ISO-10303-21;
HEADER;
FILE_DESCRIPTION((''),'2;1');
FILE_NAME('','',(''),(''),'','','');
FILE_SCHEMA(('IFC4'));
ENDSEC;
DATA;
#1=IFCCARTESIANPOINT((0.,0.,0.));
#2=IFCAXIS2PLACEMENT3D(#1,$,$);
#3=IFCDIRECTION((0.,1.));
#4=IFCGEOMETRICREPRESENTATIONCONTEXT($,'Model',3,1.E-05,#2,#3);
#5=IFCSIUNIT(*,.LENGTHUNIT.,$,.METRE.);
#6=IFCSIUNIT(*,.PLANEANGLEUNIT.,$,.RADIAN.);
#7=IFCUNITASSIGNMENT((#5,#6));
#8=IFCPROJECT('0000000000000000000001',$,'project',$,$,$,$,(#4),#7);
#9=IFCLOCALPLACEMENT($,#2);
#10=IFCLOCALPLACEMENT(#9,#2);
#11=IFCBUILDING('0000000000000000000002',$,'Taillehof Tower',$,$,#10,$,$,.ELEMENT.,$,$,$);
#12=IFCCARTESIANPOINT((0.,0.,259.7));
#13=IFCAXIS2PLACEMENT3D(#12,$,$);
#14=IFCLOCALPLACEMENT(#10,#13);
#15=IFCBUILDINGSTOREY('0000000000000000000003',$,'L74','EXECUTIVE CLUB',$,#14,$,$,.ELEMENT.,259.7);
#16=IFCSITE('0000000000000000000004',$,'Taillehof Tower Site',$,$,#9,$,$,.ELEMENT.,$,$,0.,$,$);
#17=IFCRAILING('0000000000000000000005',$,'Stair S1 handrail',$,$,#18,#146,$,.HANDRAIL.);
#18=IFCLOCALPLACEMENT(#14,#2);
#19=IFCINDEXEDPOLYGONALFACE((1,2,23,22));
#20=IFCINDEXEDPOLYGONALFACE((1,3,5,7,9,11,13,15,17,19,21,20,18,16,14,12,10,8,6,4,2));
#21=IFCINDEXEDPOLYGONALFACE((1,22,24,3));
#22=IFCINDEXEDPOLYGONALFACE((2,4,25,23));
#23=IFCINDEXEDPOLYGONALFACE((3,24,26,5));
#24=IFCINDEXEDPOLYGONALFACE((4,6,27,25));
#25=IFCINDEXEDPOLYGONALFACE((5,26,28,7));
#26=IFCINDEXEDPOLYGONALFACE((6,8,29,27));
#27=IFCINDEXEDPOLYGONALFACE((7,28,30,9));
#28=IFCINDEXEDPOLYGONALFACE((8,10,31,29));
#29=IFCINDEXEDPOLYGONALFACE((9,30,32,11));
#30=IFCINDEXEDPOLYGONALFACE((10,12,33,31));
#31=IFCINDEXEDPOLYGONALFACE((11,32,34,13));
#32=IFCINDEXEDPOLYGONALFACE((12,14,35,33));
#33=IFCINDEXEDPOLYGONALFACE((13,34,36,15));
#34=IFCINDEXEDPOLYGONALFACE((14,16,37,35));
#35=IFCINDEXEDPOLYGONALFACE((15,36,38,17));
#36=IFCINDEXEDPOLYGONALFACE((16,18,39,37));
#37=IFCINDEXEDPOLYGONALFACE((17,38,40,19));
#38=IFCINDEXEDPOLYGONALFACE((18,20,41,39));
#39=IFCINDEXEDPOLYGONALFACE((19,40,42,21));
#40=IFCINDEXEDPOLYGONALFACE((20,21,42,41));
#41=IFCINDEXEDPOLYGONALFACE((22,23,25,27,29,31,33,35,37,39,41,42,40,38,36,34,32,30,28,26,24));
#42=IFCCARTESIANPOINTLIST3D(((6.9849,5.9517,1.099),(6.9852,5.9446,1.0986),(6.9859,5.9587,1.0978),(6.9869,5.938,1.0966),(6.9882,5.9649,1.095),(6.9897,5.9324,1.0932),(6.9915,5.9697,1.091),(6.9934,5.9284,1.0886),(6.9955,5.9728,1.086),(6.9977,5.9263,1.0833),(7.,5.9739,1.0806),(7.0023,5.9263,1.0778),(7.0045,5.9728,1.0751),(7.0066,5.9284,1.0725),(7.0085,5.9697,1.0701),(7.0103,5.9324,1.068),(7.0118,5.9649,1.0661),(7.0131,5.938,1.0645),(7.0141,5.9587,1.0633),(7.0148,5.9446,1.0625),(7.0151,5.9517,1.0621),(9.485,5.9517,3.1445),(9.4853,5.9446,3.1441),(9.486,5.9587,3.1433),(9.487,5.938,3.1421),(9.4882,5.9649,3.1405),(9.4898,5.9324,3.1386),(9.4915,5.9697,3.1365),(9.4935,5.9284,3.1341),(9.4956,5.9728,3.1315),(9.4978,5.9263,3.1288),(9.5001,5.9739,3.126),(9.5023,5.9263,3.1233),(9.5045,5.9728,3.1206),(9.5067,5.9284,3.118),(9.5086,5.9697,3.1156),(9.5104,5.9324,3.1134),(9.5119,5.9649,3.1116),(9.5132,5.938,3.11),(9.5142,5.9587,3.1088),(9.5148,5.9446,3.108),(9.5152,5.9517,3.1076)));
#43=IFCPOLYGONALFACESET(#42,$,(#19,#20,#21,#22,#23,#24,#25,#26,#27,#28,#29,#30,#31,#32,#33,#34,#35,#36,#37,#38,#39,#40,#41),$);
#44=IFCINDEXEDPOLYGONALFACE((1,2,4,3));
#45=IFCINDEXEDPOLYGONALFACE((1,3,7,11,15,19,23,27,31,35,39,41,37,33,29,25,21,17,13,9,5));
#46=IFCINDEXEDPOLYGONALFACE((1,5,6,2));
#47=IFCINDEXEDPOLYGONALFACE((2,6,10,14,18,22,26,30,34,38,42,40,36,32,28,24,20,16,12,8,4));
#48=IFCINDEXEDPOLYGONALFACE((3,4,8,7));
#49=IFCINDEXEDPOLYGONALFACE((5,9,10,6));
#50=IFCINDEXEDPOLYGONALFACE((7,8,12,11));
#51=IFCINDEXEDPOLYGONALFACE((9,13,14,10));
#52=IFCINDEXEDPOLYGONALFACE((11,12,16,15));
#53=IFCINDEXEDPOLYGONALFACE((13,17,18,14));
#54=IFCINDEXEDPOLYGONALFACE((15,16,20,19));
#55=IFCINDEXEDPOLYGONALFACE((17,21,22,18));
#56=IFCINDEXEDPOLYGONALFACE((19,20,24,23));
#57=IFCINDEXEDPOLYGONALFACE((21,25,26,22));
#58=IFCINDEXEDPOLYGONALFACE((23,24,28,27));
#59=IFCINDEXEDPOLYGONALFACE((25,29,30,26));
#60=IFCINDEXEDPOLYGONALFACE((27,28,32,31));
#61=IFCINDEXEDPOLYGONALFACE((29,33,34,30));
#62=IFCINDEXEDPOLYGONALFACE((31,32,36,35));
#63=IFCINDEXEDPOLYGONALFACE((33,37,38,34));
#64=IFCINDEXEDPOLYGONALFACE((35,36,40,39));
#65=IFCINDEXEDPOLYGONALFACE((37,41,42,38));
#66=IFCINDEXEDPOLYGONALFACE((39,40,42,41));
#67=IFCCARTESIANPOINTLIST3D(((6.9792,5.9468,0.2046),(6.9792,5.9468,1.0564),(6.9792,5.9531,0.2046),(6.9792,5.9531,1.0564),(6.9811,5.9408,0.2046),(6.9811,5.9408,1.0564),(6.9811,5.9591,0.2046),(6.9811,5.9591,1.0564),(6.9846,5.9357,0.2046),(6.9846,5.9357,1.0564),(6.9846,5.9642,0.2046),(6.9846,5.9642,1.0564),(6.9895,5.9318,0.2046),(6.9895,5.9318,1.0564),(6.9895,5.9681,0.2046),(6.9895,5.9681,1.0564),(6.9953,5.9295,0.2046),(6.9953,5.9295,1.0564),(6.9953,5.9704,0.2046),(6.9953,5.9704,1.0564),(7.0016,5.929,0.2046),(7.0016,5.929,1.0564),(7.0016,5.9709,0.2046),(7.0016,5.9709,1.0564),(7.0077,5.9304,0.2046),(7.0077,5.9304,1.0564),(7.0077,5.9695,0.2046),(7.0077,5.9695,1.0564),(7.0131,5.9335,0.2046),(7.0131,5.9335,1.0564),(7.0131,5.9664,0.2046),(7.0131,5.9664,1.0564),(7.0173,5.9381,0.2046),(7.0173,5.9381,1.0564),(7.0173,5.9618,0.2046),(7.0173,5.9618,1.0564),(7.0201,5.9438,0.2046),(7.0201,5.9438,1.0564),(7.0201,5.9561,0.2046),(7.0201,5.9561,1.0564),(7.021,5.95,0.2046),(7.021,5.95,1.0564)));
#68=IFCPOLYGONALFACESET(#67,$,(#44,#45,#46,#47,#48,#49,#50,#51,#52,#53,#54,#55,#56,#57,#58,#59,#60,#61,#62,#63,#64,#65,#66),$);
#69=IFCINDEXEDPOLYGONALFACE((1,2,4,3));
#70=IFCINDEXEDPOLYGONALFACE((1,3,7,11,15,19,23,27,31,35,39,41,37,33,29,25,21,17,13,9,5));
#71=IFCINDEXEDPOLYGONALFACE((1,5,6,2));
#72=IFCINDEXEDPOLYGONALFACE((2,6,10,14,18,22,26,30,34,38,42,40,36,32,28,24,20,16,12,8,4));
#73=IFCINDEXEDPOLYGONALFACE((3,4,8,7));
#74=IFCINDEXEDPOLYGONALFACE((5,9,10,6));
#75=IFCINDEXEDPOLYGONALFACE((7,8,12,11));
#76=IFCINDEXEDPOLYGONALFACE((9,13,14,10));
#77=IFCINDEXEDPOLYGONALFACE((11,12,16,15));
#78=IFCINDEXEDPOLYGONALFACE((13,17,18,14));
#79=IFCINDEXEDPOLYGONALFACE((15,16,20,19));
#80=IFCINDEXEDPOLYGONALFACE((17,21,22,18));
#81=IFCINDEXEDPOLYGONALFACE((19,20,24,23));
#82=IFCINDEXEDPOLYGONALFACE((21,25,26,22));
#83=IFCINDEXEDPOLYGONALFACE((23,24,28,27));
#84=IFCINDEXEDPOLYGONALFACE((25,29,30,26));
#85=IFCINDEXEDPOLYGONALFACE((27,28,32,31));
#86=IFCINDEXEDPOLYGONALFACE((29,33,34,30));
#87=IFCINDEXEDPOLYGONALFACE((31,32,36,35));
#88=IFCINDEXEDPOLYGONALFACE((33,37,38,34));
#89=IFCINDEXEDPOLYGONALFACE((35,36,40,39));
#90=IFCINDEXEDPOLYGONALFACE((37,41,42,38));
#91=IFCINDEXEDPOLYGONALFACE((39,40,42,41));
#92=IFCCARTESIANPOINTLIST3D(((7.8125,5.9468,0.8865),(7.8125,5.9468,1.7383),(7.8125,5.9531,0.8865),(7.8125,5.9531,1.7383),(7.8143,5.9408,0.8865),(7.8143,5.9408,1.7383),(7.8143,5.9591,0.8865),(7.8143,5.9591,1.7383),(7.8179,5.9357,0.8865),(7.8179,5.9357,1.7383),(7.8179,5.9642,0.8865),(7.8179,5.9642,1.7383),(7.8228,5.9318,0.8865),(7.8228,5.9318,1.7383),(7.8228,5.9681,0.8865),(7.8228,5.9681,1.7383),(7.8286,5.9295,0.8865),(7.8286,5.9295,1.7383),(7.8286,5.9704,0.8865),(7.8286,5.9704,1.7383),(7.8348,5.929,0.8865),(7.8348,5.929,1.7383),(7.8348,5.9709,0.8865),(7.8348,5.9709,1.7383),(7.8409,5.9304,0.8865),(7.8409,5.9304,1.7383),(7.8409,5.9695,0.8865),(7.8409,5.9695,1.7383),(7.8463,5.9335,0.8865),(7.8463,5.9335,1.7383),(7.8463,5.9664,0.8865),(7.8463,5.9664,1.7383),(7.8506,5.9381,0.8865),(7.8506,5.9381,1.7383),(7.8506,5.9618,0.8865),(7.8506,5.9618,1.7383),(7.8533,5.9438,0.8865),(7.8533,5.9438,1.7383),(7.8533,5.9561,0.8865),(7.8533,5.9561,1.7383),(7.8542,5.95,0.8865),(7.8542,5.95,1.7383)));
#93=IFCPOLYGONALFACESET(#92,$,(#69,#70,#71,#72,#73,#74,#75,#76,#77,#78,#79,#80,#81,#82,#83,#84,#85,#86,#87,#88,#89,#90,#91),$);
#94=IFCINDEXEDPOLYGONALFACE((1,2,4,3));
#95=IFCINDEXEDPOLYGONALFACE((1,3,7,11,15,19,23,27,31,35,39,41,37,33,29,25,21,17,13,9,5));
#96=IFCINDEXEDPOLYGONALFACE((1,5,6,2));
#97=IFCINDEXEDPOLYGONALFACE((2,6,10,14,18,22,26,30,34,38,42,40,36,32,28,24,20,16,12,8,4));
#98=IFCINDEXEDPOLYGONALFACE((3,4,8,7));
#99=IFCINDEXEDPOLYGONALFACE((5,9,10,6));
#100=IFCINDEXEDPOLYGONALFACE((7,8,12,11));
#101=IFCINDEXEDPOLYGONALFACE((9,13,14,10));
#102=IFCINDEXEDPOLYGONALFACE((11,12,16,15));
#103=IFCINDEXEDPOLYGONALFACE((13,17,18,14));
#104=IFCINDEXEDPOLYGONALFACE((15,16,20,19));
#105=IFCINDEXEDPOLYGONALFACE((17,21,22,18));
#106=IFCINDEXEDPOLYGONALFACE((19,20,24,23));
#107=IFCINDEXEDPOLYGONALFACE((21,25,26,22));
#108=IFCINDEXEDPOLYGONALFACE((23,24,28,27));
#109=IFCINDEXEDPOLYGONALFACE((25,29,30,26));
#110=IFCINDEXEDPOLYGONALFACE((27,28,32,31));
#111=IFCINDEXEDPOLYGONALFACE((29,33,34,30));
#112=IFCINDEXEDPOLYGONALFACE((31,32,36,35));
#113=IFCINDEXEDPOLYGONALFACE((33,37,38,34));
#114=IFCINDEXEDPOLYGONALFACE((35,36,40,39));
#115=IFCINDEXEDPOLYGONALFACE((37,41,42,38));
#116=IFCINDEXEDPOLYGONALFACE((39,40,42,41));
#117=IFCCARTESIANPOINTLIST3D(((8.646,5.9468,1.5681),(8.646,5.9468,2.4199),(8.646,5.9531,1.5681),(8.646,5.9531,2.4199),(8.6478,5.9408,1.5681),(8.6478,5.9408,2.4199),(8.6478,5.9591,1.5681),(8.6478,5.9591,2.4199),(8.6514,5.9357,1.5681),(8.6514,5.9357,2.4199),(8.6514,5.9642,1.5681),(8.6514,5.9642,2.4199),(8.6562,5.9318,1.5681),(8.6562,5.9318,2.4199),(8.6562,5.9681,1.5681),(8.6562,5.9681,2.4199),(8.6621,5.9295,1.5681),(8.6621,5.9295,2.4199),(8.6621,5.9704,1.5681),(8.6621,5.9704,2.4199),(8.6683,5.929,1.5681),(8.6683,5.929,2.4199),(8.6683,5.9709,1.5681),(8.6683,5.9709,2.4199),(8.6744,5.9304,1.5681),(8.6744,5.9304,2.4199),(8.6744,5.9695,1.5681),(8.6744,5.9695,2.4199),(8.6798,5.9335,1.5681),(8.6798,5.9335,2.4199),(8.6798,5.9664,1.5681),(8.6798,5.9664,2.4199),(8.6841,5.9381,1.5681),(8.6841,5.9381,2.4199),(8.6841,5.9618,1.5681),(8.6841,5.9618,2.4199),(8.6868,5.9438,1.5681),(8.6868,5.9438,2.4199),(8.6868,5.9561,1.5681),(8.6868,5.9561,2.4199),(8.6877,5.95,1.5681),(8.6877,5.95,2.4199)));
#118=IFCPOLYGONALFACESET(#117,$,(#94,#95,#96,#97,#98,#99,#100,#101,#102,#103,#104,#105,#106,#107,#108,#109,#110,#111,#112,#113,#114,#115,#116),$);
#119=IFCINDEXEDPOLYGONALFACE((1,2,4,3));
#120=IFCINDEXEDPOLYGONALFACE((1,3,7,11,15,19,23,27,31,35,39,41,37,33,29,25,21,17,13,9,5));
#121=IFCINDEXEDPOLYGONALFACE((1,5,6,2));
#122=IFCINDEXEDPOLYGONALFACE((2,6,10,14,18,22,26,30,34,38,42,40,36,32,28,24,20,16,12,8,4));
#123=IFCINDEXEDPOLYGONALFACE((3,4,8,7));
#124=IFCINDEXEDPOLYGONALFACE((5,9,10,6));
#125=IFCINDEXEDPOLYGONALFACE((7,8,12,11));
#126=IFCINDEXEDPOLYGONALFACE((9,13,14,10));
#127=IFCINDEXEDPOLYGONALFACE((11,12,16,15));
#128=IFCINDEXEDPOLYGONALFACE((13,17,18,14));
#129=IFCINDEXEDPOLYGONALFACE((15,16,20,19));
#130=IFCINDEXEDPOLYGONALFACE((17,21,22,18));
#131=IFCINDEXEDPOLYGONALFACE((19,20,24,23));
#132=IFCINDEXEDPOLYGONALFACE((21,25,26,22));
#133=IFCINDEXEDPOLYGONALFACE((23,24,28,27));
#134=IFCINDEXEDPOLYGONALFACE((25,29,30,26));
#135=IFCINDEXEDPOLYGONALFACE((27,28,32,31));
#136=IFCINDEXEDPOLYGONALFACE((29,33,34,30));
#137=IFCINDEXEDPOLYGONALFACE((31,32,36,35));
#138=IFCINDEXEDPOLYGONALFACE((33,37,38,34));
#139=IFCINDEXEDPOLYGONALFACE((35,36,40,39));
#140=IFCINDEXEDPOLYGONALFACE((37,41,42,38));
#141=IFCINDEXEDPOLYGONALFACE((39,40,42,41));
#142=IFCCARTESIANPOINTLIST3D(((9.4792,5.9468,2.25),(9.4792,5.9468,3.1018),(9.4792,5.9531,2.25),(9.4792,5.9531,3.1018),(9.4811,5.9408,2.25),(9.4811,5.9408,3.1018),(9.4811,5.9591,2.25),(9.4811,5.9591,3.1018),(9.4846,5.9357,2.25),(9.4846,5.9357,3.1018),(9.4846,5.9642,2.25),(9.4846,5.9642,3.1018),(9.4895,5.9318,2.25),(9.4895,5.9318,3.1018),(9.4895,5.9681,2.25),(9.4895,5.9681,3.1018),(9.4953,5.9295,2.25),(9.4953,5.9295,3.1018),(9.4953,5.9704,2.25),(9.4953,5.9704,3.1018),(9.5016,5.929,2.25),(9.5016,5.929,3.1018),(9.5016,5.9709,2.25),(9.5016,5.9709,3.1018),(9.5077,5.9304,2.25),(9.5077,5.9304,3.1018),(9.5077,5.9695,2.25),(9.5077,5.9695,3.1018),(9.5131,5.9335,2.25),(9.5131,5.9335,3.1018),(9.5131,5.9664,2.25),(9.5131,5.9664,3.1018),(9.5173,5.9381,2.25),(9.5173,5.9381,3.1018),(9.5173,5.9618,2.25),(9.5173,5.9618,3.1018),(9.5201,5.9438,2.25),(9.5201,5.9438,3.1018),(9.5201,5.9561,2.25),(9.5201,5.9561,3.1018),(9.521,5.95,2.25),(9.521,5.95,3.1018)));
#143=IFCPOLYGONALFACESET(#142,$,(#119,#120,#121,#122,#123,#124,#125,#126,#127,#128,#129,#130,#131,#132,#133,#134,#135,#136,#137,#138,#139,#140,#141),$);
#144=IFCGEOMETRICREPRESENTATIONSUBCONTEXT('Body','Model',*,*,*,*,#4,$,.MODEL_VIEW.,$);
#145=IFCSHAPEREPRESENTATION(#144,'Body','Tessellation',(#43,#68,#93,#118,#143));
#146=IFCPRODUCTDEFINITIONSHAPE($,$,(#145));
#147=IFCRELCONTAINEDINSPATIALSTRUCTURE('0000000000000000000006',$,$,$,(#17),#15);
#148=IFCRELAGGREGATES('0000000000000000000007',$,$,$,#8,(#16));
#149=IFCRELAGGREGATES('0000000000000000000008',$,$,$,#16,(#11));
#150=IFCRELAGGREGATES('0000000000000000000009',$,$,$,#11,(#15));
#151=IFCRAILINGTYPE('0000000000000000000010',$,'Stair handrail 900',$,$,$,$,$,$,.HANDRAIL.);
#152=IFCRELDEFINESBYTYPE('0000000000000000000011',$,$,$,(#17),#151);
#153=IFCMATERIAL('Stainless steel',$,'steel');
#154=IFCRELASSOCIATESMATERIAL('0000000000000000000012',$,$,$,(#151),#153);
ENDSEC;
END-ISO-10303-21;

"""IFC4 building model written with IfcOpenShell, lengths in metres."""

from ifc_helpers import new_model, si_unit, direction, frame, origin, origin_2d, place, context, subcontext, project, spatial, circle, extrude, material, type_object, element, save


model = new_model("IFC4")

# Units and contexts
model_context = context("Model", 3, precision=1e-05, world=origin(), true_north=direction((0.0, 1.0)))
body_context = subcontext(model_context, "Body", "Model", "MODEL_VIEW")
ifc_project = project(units=[si_unit("LENGTHUNIT", "METRE"), si_unit("PLANEANGLEUNIT", "RADIAN")], contexts=[model_context])

# Site, building, storey
site_placement = place(None, origin())
site = spatial("IfcSite", under=ifc_project, at=site_placement, Name="Taillehof Tower Site", CompositionType="ELEMENT", RefElevation=0.0)
building_placement = place(site_placement, origin())
building = spatial("IfcBuilding", under=site, at=building_placement, Name="Taillehof Tower", CompositionType="ELEMENT")
storey_placement = place(building_placement, frame((0.0, 0.0, 259.7)))
storey = spatial("IfcBuildingStorey", under=building, at=storey_placement, Name="L74", Description="EXECUTIVE CLUB", CompositionType="ELEMENT", Elevation=259.7)

# Railing
ifc_material_1 = material(Name="Stainless steel", Category="steel")
railing_type = type_object("IfcRailingType", Name="Stair handrail 900", PredefinedType="HANDRAIL", material=ifc_material_1)
railing_1_placement = place(storey_placement, frame((7.0, 5.95, 0.2046)))
element("IfcRailing", 1, at=railing_1_placement, inside=storey, type_object=railing_type, Name="Stair S1 handrail", PredefinedType="HANDRAIL", context=body_context, shape_type="SweptSolid", body=[
    extrude(circle(Radius=0.0239, at=origin_2d()), frame((0.0, 0.0, 0.876), z_axis=(0.773964, 0.0, 0.63323), x_axis=(0.0, 1.0, 0.0)), (0.0, 0.0, 1.0), 3.2302),
    extrude(circle(Radius=0.021, at=origin_2d()), origin(), (0.0, 0.0, 1.0), 0.8518),
    extrude(circle(Radius=0.021, at=origin_2d()), frame((0.8333, 0.0, 0.6819)), (0.0, 0.0, 1.0), 0.8518),
    extrude(circle(Radius=0.021, at=origin_2d()), frame((1.6667, 0.0, 1.3635)), (0.0, 0.0, 1.0), 0.8518),
    extrude(circle(Radius=0.021, at=origin_2d()), frame((2.5, 0.0, 2.0454)), (0.0, 0.0, 1.0), 0.8518),
])

save(model, "model.ifc")
